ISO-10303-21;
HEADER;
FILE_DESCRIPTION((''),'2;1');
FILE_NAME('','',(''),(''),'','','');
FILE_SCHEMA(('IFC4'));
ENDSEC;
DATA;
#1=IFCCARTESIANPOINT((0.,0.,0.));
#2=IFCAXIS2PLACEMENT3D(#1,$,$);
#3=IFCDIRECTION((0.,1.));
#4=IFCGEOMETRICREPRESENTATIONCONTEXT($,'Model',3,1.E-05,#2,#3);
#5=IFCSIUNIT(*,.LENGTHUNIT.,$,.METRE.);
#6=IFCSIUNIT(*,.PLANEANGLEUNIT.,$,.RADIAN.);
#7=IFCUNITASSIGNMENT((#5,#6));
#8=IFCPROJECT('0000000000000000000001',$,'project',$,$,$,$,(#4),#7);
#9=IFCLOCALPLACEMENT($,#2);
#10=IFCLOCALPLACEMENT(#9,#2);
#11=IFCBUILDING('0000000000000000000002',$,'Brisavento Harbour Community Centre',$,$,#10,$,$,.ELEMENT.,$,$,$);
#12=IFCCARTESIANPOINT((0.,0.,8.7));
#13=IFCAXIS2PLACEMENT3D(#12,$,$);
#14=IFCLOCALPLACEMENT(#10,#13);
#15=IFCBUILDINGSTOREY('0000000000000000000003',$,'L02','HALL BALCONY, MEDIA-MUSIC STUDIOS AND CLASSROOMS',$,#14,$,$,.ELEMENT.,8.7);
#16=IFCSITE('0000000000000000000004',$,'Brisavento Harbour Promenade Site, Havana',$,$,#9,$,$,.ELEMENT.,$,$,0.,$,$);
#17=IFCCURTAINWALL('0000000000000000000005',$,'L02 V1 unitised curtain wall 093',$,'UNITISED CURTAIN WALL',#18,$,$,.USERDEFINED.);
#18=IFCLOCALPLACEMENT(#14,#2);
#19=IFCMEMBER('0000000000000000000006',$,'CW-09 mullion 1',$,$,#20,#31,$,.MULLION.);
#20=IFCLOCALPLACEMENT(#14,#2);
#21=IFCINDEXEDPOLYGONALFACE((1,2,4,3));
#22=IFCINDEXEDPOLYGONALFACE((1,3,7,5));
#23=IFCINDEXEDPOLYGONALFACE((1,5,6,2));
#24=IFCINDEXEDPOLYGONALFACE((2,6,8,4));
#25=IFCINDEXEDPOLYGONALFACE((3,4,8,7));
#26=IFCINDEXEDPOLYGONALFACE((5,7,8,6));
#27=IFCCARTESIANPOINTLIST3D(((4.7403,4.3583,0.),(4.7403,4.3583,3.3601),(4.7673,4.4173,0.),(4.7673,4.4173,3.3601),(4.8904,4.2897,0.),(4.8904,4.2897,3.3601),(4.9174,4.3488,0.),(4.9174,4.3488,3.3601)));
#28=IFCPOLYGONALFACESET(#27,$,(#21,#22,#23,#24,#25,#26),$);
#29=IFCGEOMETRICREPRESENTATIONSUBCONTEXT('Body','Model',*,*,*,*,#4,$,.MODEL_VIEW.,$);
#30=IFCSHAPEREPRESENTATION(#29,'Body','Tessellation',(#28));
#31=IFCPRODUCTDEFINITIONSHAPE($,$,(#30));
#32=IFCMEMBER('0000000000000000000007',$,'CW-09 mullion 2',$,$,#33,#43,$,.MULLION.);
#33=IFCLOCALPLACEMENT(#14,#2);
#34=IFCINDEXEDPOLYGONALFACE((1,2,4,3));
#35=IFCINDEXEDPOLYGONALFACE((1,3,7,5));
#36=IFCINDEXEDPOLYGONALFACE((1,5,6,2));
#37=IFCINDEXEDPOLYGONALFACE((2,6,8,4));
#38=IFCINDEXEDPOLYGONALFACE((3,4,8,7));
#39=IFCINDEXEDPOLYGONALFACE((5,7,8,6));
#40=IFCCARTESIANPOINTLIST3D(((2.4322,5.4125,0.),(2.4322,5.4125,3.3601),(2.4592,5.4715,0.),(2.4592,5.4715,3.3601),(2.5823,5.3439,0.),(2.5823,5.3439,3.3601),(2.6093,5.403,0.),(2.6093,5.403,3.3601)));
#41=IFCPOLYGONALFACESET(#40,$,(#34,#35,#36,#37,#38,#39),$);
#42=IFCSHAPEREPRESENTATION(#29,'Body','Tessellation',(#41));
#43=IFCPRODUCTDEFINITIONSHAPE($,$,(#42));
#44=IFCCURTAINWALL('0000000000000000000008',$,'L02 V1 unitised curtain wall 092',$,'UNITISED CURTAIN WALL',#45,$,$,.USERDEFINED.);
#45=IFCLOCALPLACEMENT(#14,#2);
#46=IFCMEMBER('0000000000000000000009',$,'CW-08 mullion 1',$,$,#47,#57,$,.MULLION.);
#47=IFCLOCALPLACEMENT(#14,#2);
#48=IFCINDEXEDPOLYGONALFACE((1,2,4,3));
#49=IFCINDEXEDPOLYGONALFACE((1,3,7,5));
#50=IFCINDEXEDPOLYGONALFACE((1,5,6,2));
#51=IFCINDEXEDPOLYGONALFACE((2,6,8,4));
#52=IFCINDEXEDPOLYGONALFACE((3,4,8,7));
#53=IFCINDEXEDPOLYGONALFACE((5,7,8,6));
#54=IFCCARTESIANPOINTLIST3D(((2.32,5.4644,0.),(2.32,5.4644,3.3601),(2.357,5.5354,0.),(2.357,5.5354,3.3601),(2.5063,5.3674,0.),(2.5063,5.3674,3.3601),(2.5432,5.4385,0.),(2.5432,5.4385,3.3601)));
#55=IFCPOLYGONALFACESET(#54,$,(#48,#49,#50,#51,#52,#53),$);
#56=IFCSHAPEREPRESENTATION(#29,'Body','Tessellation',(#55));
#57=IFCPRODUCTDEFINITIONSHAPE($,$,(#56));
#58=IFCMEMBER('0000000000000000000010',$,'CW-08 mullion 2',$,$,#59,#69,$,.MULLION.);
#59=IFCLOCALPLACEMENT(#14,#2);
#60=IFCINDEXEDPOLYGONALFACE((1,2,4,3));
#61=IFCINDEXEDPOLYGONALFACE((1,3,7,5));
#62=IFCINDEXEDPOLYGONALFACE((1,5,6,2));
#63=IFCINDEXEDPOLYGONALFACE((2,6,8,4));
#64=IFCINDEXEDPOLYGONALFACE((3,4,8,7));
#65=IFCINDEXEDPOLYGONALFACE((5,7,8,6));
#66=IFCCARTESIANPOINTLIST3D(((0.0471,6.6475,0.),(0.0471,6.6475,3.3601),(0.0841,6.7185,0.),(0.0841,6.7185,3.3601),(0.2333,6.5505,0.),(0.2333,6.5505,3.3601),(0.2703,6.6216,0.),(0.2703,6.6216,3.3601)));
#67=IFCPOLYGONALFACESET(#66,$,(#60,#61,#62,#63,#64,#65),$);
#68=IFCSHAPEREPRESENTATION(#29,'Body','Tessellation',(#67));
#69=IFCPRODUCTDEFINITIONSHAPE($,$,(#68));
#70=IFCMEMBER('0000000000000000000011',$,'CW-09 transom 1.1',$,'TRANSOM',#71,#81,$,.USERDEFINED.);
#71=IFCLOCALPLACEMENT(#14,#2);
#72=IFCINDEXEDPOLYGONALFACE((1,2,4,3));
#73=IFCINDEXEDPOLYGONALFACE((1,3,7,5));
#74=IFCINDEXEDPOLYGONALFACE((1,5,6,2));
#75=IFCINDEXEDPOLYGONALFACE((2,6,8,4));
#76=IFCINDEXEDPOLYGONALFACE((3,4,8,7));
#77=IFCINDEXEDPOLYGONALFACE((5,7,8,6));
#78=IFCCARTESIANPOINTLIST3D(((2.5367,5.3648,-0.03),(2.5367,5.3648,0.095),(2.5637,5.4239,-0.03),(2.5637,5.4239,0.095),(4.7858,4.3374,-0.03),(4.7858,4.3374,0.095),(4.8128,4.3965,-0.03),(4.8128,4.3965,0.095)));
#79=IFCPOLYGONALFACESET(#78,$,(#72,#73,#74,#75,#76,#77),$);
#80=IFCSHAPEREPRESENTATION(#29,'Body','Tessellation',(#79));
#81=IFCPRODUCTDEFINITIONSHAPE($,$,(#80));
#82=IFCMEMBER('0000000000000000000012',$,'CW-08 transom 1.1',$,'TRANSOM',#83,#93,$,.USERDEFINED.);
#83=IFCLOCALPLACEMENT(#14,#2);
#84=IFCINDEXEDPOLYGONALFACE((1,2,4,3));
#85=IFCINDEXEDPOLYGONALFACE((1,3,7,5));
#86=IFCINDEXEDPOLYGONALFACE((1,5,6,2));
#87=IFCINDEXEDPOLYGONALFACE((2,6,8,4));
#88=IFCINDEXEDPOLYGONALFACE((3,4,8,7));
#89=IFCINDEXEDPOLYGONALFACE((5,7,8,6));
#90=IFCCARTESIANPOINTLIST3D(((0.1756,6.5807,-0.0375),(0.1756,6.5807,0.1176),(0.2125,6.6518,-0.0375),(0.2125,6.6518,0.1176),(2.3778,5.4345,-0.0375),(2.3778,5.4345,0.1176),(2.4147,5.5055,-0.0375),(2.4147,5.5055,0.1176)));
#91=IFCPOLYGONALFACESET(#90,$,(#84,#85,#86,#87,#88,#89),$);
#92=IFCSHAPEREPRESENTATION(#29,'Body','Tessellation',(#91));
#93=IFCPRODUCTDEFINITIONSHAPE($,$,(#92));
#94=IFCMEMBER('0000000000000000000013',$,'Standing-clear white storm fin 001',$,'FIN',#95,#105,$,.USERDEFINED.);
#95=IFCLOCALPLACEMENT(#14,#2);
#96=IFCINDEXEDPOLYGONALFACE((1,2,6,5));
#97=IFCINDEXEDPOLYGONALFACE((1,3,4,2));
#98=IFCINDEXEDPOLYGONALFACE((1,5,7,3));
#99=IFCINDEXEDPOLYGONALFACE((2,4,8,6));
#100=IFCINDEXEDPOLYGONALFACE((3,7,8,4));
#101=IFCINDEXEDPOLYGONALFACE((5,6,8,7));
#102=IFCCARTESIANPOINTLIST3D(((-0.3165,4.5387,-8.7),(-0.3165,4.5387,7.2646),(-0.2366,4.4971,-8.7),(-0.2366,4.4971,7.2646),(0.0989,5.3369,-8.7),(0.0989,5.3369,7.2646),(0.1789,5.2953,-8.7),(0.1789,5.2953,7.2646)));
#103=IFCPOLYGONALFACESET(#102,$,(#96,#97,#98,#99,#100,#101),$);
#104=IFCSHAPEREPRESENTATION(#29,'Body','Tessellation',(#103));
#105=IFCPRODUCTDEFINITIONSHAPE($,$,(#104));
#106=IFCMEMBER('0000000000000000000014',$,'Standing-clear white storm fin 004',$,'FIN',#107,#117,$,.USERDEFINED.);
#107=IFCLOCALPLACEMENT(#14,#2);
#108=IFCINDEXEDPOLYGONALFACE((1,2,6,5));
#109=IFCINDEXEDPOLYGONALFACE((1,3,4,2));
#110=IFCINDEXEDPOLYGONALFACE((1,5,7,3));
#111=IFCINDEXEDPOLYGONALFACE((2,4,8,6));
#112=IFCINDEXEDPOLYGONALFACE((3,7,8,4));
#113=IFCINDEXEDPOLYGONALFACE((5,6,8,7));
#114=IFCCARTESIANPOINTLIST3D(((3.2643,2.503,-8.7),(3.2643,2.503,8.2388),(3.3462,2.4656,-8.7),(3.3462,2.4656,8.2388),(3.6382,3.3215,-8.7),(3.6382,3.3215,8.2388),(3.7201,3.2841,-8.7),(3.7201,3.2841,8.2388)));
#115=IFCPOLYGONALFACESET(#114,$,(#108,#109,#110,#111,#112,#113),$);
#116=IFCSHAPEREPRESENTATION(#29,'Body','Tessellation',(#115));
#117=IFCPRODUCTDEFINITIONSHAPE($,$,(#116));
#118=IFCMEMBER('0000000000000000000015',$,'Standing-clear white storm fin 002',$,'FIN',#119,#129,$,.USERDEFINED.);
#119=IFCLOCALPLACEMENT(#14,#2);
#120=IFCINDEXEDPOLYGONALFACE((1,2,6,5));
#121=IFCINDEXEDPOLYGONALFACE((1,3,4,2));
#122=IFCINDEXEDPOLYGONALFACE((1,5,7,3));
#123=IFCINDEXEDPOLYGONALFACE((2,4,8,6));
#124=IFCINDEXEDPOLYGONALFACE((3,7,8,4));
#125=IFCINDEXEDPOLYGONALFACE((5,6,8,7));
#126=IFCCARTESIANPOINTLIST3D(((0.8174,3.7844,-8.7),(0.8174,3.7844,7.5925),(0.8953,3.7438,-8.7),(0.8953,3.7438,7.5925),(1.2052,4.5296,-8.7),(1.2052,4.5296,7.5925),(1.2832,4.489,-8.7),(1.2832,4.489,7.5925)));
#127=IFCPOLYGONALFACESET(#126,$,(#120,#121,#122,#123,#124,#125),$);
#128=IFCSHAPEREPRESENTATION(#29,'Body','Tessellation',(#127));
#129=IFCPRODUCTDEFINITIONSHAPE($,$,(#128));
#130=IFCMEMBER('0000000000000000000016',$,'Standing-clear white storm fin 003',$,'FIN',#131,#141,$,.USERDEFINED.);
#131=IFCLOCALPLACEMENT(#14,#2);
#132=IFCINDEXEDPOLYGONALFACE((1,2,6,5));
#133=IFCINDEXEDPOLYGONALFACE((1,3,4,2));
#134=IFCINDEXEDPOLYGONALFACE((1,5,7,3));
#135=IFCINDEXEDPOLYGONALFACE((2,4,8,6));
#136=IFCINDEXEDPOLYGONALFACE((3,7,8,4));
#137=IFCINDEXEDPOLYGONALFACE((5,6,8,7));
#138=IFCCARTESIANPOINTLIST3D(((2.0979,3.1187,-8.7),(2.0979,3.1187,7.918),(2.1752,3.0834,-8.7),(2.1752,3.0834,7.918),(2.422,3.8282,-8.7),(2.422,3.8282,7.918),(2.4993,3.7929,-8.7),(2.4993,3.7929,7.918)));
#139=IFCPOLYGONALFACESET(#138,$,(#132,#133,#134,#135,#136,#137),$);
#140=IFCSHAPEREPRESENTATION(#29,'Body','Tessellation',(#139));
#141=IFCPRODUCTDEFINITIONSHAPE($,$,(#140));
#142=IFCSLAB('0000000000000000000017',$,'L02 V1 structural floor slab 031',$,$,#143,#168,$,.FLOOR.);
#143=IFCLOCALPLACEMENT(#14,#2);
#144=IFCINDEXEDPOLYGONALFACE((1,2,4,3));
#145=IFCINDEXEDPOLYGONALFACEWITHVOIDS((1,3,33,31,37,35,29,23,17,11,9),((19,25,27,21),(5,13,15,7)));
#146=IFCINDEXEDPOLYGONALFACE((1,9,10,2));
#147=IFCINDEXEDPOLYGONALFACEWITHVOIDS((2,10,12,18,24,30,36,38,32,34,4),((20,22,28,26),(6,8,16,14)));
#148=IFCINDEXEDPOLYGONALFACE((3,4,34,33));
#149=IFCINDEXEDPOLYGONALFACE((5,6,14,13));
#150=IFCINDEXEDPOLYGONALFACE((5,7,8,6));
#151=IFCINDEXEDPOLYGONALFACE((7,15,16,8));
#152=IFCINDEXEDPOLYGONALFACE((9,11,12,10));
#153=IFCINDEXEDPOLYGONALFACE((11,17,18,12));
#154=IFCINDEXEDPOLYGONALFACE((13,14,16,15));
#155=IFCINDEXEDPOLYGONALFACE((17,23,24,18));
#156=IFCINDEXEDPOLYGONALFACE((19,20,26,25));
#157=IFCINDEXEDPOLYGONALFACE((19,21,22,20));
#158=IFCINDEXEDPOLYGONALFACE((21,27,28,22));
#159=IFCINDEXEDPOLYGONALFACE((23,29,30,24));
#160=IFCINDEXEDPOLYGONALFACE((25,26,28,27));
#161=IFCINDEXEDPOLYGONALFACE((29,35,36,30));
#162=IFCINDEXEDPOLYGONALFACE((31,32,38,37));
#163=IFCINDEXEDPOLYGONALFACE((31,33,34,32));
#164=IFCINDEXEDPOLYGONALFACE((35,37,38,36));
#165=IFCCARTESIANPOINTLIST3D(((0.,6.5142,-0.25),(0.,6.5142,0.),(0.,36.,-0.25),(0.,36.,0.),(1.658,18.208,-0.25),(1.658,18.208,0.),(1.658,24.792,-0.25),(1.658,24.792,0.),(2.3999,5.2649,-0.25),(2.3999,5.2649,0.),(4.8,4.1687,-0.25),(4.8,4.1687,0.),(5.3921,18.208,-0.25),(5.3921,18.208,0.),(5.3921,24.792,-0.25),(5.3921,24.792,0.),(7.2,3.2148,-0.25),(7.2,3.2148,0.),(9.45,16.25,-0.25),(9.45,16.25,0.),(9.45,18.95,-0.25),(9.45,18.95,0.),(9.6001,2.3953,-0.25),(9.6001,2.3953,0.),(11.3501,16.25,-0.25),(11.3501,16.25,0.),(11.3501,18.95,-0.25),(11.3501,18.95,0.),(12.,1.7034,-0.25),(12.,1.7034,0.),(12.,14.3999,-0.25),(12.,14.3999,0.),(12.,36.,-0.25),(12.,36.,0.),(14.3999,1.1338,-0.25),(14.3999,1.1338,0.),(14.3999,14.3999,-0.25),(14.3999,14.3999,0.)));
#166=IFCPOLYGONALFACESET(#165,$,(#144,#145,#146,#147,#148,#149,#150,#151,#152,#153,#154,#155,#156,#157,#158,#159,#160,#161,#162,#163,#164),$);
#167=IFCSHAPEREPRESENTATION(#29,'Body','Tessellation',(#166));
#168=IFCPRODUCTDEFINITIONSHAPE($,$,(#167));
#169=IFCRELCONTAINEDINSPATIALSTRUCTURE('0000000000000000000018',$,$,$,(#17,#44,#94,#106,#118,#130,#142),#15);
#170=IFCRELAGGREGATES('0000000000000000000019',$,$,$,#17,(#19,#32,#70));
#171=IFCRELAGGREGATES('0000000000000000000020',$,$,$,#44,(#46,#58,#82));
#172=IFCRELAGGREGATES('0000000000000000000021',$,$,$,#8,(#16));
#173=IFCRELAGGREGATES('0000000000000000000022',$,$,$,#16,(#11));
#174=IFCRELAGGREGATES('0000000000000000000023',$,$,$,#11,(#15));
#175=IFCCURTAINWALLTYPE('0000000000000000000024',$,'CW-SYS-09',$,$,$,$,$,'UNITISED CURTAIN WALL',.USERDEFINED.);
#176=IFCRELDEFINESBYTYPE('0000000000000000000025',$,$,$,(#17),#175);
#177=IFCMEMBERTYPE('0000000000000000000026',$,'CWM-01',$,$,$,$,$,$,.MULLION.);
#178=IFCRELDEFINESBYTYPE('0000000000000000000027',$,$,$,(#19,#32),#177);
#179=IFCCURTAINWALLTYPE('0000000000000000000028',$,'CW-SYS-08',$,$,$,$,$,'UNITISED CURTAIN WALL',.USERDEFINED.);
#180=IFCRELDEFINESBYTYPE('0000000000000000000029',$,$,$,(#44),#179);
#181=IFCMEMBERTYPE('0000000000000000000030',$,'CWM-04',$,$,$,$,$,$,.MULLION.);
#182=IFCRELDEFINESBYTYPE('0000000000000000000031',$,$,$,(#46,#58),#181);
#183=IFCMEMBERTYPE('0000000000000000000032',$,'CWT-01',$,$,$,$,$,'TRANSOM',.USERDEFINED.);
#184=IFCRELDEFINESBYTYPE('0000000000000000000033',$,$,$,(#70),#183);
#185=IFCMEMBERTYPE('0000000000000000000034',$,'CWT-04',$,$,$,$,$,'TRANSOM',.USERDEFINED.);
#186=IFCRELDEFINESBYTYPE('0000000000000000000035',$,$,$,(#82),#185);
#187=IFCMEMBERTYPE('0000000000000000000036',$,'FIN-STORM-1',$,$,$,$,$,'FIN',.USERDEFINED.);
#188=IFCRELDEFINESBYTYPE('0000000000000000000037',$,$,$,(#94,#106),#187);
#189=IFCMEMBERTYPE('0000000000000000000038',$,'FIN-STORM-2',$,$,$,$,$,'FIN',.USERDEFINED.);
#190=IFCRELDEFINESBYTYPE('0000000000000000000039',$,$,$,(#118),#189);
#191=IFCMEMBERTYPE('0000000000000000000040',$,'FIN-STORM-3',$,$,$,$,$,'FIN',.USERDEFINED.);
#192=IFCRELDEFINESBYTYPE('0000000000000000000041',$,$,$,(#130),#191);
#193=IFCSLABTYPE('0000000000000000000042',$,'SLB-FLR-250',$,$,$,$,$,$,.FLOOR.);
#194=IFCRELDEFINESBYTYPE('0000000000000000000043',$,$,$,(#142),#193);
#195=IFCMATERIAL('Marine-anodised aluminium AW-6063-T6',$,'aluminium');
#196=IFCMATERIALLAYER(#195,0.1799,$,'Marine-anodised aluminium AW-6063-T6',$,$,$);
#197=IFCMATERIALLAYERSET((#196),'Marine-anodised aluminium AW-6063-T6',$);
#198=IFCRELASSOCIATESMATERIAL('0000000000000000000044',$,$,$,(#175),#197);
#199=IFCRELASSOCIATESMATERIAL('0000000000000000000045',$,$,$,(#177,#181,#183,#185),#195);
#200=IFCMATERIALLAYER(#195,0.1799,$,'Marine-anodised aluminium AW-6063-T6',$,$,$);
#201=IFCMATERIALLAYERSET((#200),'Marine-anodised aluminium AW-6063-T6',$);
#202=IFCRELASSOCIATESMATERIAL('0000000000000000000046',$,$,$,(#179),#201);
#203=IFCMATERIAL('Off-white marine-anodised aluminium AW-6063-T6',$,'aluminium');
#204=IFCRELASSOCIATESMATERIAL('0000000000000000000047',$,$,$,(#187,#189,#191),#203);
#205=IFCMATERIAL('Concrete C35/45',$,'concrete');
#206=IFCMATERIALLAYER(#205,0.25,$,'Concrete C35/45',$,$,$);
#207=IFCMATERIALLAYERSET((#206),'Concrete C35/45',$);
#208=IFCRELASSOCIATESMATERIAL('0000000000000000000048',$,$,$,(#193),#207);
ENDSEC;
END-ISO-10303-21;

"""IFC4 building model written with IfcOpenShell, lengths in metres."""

from ifc_helpers import new_model, si_unit, direction, frame, origin, origin_2d, place, context, subcontext, project, spatial, polyline, rectangle, outline, extrude, material, layer, layer_set, material_profile, profile_set, type_object, element, aggregate, save


model = new_model("IFC4")

# Units and contexts
model_context = context("Model", 3, precision=1e-05, world=origin(), true_north=direction((0.0, 1.0)))
body_context = subcontext(model_context, "Body", "Model", "MODEL_VIEW")
ifc_project = project(units=[si_unit("LENGTHUNIT", "METRE"), si_unit("PLANEANGLEUNIT", "RADIAN")], contexts=[model_context])

# Site, building, storey
site_placement = place(None, origin())
site = spatial("IfcSite", under=ifc_project, at=site_placement, Name="Brisavento Harbour Promenade Site, Havana", CompositionType="ELEMENT", RefElevation=0.0)
building_placement = place(site_placement, origin())
building = spatial("IfcBuilding", under=site, at=building_placement, Name="Brisavento Harbour Community Centre", CompositionType="ELEMENT")
storey_placement = place(building_placement, frame((0.0, 0.0, 8.7)))
storey = spatial("IfcBuildingStorey", under=building, at=storey_placement, Name="L02", Description="HALL BALCONY, MEDIA-MUSIC STUDIOS AND CLASSROOMS", CompositionType="ELEMENT", Elevation=8.7)

# Curtain walls, members
ifc_material_1 = material(Name="Marine-anodised aluminium AW-6063-T6", Category="aluminium")
ifc_layer_1 = layer(ifc_material_1, 0.1799, Name="Marine-anodised aluminium AW-6063-T6")
ifc_layer_set_1 = layer_set([ifc_layer_1], Name="Marine-anodised aluminium AW-6063-T6")
curtain_wall_type_1 = type_object("IfcCurtainWallType", Name="CW-SYS-09", ElementType="UNITISED CURTAIN WALL", PredefinedType="USERDEFINED", material=ifc_layer_set_1)
curtain_wall_1_placement = place(storey_placement, origin())
curtain_wall_1 = element("IfcCurtainWall", 1, at=curtain_wall_1_placement, inside=storey, type_object=curtain_wall_type_1, Name="L02 V1 unitised curtain wall 093", ObjectType="UNITISED CURTAIN WALL", PredefinedType="USERDEFINED")
ifc_material_profile_1 = material_profile(ifc_material_1, rectangle(XDim=0.0649, YDim=0.165, at=origin_2d()), Name="Marine-anodised aluminium AW-6063-T6")
ifc_profile_set_1 = profile_set([ifc_material_profile_1], Name="Marine-anodised aluminium AW-6063-T6")
member_type_1 = type_object("IfcMemberType", Name="CWM-01", PredefinedType="MULLION", material=ifc_profile_set_1)
member_1_placement = place(storey_placement, frame((4.8289, 4.3535, 0.0), z_axis=(0.0, 0.0, 1.0), x_axis=(-0.41549, -0.909598, 0.0)))
member_1 = element("IfcMember", 2, at=member_1_placement, type_object=member_type_1, Name="CW-09 mullion 1", PredefinedType="MULLION", context=body_context, shape_type="SweptSolid", body=[
    extrude(rectangle(XDim=0.0649, YDim=0.165, at=origin_2d()), origin(), (0.0, 0.0, 1.0), 3.3601),
])
member_2_placement = place(storey_placement, frame((2.5208, 5.4077, 0.0), z_axis=(0.0, 0.0, 1.0), x_axis=(-0.41549, -0.909598, 0.0)))
member_2 = element("IfcMember", 3, at=member_2_placement, type_object=member_type_1, Name="CW-09 mullion 2", PredefinedType="MULLION", context=body_context, shape_type="SweptSolid", body=[
    extrude(rectangle(XDim=0.0649, YDim=0.165, at=origin_2d()), origin(), (0.0, 0.0, 1.0), 3.3601),
])
ifc_layer_2 = layer(ifc_material_1, 0.1799, Name="Marine-anodised aluminium AW-6063-T6")
ifc_layer_set_2 = layer_set([ifc_layer_2], Name="Marine-anodised aluminium AW-6063-T6")
curtain_wall_type_2 = type_object("IfcCurtainWallType", Name="CW-SYS-08", ElementType="UNITISED CURTAIN WALL", PredefinedType="USERDEFINED", material=ifc_layer_set_2)
curtain_wall_2_placement = place(storey_placement, origin())
curtain_wall_2 = element("IfcCurtainWall", 4, at=curtain_wall_2_placement, inside=storey, type_object=curtain_wall_type_2, Name="L02 V1 unitised curtain wall 092", ObjectType="UNITISED CURTAIN WALL", PredefinedType="USERDEFINED")
ifc_material_profile_2 = material_profile(ifc_material_1, rectangle(XDim=0.0801, YDim=0.21, at=origin_2d()), Name="Marine-anodised aluminium AW-6063-T6")
ifc_profile_set_2 = profile_set([ifc_material_profile_2], Name="Marine-anodised aluminium AW-6063-T6")
member_type_2 = type_object("IfcMemberType", Name="CWM-04", PredefinedType="MULLION", material=ifc_profile_set_2)
member_3_placement = place(storey_placement, frame((2.4316, 5.4514, 0.0), z_axis=(0.0, 0.0, 1.0), x_axis=(-0.461732, -0.88702, 0.0)))
member_3 = element("IfcMember", 5, at=member_3_placement, type_object=member_type_2, Name="CW-08 mullion 1", PredefinedType="MULLION", context=body_context, shape_type="SweptSolid", body=[
    extrude(rectangle(XDim=0.0801, YDim=0.21, at=origin_2d()), origin(), (0.0, 0.0, 1.0), 3.3601),
])
member_4_placement = place(storey_placement, frame((0.1587, 6.6345, 0.0), z_axis=(0.0, 0.0, 1.0), x_axis=(-0.461732, -0.88702, 0.0)))
member_4 = element("IfcMember", 6, at=member_4_placement, type_object=member_type_2, Name="CW-08 mullion 2", PredefinedType="MULLION", context=body_context, shape_type="SweptSolid", body=[
    extrude(rectangle(XDim=0.0801, YDim=0.21, at=origin_2d()), origin(), (0.0, 0.0, 1.0), 3.3601),
])

# Members
ifc_material_profile_3 = material_profile(ifc_material_1, rectangle(XDim=0.0649, YDim=0.125, at=origin_2d()), Name="Marine-anodised aluminium AW-6063-T6")
ifc_profile_set_3 = profile_set([ifc_material_profile_3], Name="Marine-anodised aluminium AW-6063-T6")
member_type_3 = type_object("IfcMemberType", Name="CWT-01", ElementType="TRANSOM", PredefinedType="USERDEFINED", material=ifc_profile_set_3)
member_5_placement = place(storey_placement, frame((4.7993, 4.3669, 0.0325), z_axis=(-0.909594, 0.415498, 0.0), x_axis=(-0.415498, -0.909594, 0.0)))
member_5 = element("IfcMember", 7, at=member_5_placement, type_object=member_type_3, Name="CW-09 transom 1.1", ObjectType="TRANSOM", PredefinedType="USERDEFINED", context=body_context, shape_type="SweptSolid", body=[
    extrude(rectangle(XDim=0.0649, YDim=0.125, at=origin_2d()), origin(), (0.0, 0.0, 1.0), 2.4727),
])
aggregate(curtain_wall_1, [member_1, member_2, member_5])
ifc_material_profile_4 = material_profile(ifc_material_1, rectangle(XDim=0.0801, YDim=0.155, at=origin_2d()), Name="Marine-anodised aluminium AW-6063-T6")
ifc_profile_set_4 = profile_set([ifc_material_profile_4], Name="Marine-anodised aluminium AW-6063-T6")
member_type_4 = type_object("IfcMemberType", Name="CWT-04", ElementType="TRANSOM", PredefinedType="USERDEFINED", material=ifc_profile_set_4)
member_6_placement = place(storey_placement, frame((2.3962, 5.47, 0.04), z_axis=(-0.887032, 0.461709, 0.0), x_axis=(-0.461709, -0.887032, 0.0)))
member_6 = element("IfcMember", 8, at=member_6_placement, type_object=member_type_4, Name="CW-08 transom 1.1", ObjectType="TRANSOM", PredefinedType="USERDEFINED", context=body_context, shape_type="SweptSolid", body=[
    extrude(rectangle(XDim=0.0801, YDim=0.155, at=origin_2d()), origin(), (0.0, 0.0, 1.0), 2.4827),
])
aggregate(curtain_wall_2, [member_3, member_4, member_6])

# Members
ifc_material_2 = material(Name="Off-white marine-anodised aluminium AW-6063-T6", Category="aluminium")
ifc_material_profile_5 = material_profile(ifc_material_2, rectangle(XDim=0.0901, YDim=0.8999, at=origin_2d()), Name="Off-white marine-anodised aluminium AW-6063-T6")
ifc_profile_set_5 = profile_set([ifc_material_profile_5], Name="Off-white marine-anodised aluminium AW-6063-T6")
member_type_5 = type_object("IfcMemberType", Name="FIN-STORM-1", ElementType="FIN", PredefinedType="USERDEFINED", material=ifc_profile_set_5)
member_7_placement = place(storey_placement, frame((-0.0688, 4.917, -8.7), z_axis=(0.0, 0.0, 1.0), x_axis=(-0.887035, 0.461702, 0.0)))
element("IfcMember", 9, at=member_7_placement, inside=storey, type_object=member_type_5, Name="Standing-clear white storm fin 001", ObjectType="FIN", PredefinedType="USERDEFINED", context=body_context, shape_type="SweptSolid", body=[
    extrude(rectangle(XDim=0.0901, YDim=0.8999, at=origin_2d()), origin(), (0.0, 0.0, 1.0), 15.9646),
])
member_8_placement = place(storey_placement, frame((3.4922, 2.8936, -8.7), z_axis=(0.0, 0.0, 1.0), x_axis=(-0.909585, 0.415519, 0.0)))
element("IfcMember", 10, at=member_8_placement, inside=storey, type_object=member_type_5, Name="Standing-clear white storm fin 004", ObjectType="FIN", PredefinedType="USERDEFINED", context=body_context, shape_type="SweptSolid", body=[
    extrude(rectangle(XDim=0.0901, YDim=0.8999, at=origin_2d()), origin(), (0.0, 0.0, 1.0), 16.9387),
])
ifc_material_profile_6 = material_profile(ifc_material_2, rectangle(XDim=0.0879, YDim=0.8401, at=origin_2d()), Name="Off-white marine-anodised aluminium AW-6063-T6")
ifc_profile_set_6 = profile_set([ifc_material_profile_6], Name="Off-white marine-anodised aluminium AW-6063-T6")
member_type_6 = type_object("IfcMemberType", Name="FIN-STORM-2", ElementType="FIN", PredefinedType="USERDEFINED", material=ifc_profile_set_6)
member_9_placement = place(storey_placement, frame((1.0503, 4.1367, -8.7), z_axis=(0.0, 0.0, 1.0), x_axis=(-0.887035, 0.461702, 0.0)))
element("IfcMember", 11, at=member_9_placement, inside=storey, type_object=member_type_6, Name="Standing-clear white storm fin 002", ObjectType="FIN", PredefinedType="USERDEFINED", context=body_context, shape_type="SweptSolid", body=[
    extrude(rectangle(XDim=0.0879, YDim=0.8401, at=origin_2d()), origin(), (0.0, 0.0, 1.0), 16.2925),
])
ifc_material_profile_7 = material_profile(ifc_material_2, rectangle(XDim=0.085, YDim=0.78, at=origin_2d()), Name="Off-white marine-anodised aluminium AW-6063-T6")
ifc_profile_set_7 = profile_set([ifc_material_profile_7], Name="Off-white marine-anodised aluminium AW-6063-T6")
member_type_7 = type_object("IfcMemberType", Name="FIN-STORM-3", ElementType="FIN", PredefinedType="USERDEFINED", material=ifc_profile_set_7)
member_10_placement = place(storey_placement, frame((2.2986, 3.4558, -8.7), z_axis=(0.0, 0.0, 1.0), x_axis=(-0.909585, 0.415519, 0.0)))
element("IfcMember", 12, at=member_10_placement, inside=storey, type_object=member_type_7, Name="Standing-clear white storm fin 003", ObjectType="FIN", PredefinedType="USERDEFINED", context=body_context, shape_type="SweptSolid", body=[
    extrude(rectangle(XDim=0.085, YDim=0.78, at=origin_2d()), origin(), (0.0, 0.0, 1.0), 16.6179),
])

# Slab
ifc_material_3 = material(Name="Concrete C35/45", Category="concrete")
ifc_layer_3 = layer(ifc_material_3, 0.25, Name="Concrete C35/45")
ifc_layer_set_3 = layer_set([ifc_layer_3], Name="Concrete C35/45")
slab_type_1 = type_object("IfcSlabType", Name="SLB-FLR-250", PredefinedType="FLOOR", material=ifc_layer_set_3)
slab_1_placement = place(storey_placement, frame((0.0, 0.0, -0.25)))
element("IfcSlab", 13, at=slab_1_placement, inside=storey, type_object=slab_type_1, Name="L02 V1 structural floor slab 031", PredefinedType="FLOOR", context=body_context, shape_type="SweptSolid", body=[
    extrude(outline(polyline([(0.0, 36.0), (0.0, 6.5142), (2.3999, 5.2649), (4.8, 4.1687), (7.2, 3.2148), (9.6001, 2.3953), (12.0, 1.7034), (14.3999, 1.1338), (14.3999, 14.3999), (12.0, 14.3999), (12.0, 36.0), (0.0, 36.0)]), holes=[polyline([(11.3501, 18.95), (11.3501, 16.25), (9.45, 16.25), (9.45, 18.95), (11.3501, 18.95)]), polyline([(1.658, 24.792), (5.3921, 24.792), (5.3921, 18.208), (1.658, 18.208), (1.658, 24.792)])]), origin(), (0.0, 0.0, 1.0), 0.25),
])

save(model, "model.ifc")
